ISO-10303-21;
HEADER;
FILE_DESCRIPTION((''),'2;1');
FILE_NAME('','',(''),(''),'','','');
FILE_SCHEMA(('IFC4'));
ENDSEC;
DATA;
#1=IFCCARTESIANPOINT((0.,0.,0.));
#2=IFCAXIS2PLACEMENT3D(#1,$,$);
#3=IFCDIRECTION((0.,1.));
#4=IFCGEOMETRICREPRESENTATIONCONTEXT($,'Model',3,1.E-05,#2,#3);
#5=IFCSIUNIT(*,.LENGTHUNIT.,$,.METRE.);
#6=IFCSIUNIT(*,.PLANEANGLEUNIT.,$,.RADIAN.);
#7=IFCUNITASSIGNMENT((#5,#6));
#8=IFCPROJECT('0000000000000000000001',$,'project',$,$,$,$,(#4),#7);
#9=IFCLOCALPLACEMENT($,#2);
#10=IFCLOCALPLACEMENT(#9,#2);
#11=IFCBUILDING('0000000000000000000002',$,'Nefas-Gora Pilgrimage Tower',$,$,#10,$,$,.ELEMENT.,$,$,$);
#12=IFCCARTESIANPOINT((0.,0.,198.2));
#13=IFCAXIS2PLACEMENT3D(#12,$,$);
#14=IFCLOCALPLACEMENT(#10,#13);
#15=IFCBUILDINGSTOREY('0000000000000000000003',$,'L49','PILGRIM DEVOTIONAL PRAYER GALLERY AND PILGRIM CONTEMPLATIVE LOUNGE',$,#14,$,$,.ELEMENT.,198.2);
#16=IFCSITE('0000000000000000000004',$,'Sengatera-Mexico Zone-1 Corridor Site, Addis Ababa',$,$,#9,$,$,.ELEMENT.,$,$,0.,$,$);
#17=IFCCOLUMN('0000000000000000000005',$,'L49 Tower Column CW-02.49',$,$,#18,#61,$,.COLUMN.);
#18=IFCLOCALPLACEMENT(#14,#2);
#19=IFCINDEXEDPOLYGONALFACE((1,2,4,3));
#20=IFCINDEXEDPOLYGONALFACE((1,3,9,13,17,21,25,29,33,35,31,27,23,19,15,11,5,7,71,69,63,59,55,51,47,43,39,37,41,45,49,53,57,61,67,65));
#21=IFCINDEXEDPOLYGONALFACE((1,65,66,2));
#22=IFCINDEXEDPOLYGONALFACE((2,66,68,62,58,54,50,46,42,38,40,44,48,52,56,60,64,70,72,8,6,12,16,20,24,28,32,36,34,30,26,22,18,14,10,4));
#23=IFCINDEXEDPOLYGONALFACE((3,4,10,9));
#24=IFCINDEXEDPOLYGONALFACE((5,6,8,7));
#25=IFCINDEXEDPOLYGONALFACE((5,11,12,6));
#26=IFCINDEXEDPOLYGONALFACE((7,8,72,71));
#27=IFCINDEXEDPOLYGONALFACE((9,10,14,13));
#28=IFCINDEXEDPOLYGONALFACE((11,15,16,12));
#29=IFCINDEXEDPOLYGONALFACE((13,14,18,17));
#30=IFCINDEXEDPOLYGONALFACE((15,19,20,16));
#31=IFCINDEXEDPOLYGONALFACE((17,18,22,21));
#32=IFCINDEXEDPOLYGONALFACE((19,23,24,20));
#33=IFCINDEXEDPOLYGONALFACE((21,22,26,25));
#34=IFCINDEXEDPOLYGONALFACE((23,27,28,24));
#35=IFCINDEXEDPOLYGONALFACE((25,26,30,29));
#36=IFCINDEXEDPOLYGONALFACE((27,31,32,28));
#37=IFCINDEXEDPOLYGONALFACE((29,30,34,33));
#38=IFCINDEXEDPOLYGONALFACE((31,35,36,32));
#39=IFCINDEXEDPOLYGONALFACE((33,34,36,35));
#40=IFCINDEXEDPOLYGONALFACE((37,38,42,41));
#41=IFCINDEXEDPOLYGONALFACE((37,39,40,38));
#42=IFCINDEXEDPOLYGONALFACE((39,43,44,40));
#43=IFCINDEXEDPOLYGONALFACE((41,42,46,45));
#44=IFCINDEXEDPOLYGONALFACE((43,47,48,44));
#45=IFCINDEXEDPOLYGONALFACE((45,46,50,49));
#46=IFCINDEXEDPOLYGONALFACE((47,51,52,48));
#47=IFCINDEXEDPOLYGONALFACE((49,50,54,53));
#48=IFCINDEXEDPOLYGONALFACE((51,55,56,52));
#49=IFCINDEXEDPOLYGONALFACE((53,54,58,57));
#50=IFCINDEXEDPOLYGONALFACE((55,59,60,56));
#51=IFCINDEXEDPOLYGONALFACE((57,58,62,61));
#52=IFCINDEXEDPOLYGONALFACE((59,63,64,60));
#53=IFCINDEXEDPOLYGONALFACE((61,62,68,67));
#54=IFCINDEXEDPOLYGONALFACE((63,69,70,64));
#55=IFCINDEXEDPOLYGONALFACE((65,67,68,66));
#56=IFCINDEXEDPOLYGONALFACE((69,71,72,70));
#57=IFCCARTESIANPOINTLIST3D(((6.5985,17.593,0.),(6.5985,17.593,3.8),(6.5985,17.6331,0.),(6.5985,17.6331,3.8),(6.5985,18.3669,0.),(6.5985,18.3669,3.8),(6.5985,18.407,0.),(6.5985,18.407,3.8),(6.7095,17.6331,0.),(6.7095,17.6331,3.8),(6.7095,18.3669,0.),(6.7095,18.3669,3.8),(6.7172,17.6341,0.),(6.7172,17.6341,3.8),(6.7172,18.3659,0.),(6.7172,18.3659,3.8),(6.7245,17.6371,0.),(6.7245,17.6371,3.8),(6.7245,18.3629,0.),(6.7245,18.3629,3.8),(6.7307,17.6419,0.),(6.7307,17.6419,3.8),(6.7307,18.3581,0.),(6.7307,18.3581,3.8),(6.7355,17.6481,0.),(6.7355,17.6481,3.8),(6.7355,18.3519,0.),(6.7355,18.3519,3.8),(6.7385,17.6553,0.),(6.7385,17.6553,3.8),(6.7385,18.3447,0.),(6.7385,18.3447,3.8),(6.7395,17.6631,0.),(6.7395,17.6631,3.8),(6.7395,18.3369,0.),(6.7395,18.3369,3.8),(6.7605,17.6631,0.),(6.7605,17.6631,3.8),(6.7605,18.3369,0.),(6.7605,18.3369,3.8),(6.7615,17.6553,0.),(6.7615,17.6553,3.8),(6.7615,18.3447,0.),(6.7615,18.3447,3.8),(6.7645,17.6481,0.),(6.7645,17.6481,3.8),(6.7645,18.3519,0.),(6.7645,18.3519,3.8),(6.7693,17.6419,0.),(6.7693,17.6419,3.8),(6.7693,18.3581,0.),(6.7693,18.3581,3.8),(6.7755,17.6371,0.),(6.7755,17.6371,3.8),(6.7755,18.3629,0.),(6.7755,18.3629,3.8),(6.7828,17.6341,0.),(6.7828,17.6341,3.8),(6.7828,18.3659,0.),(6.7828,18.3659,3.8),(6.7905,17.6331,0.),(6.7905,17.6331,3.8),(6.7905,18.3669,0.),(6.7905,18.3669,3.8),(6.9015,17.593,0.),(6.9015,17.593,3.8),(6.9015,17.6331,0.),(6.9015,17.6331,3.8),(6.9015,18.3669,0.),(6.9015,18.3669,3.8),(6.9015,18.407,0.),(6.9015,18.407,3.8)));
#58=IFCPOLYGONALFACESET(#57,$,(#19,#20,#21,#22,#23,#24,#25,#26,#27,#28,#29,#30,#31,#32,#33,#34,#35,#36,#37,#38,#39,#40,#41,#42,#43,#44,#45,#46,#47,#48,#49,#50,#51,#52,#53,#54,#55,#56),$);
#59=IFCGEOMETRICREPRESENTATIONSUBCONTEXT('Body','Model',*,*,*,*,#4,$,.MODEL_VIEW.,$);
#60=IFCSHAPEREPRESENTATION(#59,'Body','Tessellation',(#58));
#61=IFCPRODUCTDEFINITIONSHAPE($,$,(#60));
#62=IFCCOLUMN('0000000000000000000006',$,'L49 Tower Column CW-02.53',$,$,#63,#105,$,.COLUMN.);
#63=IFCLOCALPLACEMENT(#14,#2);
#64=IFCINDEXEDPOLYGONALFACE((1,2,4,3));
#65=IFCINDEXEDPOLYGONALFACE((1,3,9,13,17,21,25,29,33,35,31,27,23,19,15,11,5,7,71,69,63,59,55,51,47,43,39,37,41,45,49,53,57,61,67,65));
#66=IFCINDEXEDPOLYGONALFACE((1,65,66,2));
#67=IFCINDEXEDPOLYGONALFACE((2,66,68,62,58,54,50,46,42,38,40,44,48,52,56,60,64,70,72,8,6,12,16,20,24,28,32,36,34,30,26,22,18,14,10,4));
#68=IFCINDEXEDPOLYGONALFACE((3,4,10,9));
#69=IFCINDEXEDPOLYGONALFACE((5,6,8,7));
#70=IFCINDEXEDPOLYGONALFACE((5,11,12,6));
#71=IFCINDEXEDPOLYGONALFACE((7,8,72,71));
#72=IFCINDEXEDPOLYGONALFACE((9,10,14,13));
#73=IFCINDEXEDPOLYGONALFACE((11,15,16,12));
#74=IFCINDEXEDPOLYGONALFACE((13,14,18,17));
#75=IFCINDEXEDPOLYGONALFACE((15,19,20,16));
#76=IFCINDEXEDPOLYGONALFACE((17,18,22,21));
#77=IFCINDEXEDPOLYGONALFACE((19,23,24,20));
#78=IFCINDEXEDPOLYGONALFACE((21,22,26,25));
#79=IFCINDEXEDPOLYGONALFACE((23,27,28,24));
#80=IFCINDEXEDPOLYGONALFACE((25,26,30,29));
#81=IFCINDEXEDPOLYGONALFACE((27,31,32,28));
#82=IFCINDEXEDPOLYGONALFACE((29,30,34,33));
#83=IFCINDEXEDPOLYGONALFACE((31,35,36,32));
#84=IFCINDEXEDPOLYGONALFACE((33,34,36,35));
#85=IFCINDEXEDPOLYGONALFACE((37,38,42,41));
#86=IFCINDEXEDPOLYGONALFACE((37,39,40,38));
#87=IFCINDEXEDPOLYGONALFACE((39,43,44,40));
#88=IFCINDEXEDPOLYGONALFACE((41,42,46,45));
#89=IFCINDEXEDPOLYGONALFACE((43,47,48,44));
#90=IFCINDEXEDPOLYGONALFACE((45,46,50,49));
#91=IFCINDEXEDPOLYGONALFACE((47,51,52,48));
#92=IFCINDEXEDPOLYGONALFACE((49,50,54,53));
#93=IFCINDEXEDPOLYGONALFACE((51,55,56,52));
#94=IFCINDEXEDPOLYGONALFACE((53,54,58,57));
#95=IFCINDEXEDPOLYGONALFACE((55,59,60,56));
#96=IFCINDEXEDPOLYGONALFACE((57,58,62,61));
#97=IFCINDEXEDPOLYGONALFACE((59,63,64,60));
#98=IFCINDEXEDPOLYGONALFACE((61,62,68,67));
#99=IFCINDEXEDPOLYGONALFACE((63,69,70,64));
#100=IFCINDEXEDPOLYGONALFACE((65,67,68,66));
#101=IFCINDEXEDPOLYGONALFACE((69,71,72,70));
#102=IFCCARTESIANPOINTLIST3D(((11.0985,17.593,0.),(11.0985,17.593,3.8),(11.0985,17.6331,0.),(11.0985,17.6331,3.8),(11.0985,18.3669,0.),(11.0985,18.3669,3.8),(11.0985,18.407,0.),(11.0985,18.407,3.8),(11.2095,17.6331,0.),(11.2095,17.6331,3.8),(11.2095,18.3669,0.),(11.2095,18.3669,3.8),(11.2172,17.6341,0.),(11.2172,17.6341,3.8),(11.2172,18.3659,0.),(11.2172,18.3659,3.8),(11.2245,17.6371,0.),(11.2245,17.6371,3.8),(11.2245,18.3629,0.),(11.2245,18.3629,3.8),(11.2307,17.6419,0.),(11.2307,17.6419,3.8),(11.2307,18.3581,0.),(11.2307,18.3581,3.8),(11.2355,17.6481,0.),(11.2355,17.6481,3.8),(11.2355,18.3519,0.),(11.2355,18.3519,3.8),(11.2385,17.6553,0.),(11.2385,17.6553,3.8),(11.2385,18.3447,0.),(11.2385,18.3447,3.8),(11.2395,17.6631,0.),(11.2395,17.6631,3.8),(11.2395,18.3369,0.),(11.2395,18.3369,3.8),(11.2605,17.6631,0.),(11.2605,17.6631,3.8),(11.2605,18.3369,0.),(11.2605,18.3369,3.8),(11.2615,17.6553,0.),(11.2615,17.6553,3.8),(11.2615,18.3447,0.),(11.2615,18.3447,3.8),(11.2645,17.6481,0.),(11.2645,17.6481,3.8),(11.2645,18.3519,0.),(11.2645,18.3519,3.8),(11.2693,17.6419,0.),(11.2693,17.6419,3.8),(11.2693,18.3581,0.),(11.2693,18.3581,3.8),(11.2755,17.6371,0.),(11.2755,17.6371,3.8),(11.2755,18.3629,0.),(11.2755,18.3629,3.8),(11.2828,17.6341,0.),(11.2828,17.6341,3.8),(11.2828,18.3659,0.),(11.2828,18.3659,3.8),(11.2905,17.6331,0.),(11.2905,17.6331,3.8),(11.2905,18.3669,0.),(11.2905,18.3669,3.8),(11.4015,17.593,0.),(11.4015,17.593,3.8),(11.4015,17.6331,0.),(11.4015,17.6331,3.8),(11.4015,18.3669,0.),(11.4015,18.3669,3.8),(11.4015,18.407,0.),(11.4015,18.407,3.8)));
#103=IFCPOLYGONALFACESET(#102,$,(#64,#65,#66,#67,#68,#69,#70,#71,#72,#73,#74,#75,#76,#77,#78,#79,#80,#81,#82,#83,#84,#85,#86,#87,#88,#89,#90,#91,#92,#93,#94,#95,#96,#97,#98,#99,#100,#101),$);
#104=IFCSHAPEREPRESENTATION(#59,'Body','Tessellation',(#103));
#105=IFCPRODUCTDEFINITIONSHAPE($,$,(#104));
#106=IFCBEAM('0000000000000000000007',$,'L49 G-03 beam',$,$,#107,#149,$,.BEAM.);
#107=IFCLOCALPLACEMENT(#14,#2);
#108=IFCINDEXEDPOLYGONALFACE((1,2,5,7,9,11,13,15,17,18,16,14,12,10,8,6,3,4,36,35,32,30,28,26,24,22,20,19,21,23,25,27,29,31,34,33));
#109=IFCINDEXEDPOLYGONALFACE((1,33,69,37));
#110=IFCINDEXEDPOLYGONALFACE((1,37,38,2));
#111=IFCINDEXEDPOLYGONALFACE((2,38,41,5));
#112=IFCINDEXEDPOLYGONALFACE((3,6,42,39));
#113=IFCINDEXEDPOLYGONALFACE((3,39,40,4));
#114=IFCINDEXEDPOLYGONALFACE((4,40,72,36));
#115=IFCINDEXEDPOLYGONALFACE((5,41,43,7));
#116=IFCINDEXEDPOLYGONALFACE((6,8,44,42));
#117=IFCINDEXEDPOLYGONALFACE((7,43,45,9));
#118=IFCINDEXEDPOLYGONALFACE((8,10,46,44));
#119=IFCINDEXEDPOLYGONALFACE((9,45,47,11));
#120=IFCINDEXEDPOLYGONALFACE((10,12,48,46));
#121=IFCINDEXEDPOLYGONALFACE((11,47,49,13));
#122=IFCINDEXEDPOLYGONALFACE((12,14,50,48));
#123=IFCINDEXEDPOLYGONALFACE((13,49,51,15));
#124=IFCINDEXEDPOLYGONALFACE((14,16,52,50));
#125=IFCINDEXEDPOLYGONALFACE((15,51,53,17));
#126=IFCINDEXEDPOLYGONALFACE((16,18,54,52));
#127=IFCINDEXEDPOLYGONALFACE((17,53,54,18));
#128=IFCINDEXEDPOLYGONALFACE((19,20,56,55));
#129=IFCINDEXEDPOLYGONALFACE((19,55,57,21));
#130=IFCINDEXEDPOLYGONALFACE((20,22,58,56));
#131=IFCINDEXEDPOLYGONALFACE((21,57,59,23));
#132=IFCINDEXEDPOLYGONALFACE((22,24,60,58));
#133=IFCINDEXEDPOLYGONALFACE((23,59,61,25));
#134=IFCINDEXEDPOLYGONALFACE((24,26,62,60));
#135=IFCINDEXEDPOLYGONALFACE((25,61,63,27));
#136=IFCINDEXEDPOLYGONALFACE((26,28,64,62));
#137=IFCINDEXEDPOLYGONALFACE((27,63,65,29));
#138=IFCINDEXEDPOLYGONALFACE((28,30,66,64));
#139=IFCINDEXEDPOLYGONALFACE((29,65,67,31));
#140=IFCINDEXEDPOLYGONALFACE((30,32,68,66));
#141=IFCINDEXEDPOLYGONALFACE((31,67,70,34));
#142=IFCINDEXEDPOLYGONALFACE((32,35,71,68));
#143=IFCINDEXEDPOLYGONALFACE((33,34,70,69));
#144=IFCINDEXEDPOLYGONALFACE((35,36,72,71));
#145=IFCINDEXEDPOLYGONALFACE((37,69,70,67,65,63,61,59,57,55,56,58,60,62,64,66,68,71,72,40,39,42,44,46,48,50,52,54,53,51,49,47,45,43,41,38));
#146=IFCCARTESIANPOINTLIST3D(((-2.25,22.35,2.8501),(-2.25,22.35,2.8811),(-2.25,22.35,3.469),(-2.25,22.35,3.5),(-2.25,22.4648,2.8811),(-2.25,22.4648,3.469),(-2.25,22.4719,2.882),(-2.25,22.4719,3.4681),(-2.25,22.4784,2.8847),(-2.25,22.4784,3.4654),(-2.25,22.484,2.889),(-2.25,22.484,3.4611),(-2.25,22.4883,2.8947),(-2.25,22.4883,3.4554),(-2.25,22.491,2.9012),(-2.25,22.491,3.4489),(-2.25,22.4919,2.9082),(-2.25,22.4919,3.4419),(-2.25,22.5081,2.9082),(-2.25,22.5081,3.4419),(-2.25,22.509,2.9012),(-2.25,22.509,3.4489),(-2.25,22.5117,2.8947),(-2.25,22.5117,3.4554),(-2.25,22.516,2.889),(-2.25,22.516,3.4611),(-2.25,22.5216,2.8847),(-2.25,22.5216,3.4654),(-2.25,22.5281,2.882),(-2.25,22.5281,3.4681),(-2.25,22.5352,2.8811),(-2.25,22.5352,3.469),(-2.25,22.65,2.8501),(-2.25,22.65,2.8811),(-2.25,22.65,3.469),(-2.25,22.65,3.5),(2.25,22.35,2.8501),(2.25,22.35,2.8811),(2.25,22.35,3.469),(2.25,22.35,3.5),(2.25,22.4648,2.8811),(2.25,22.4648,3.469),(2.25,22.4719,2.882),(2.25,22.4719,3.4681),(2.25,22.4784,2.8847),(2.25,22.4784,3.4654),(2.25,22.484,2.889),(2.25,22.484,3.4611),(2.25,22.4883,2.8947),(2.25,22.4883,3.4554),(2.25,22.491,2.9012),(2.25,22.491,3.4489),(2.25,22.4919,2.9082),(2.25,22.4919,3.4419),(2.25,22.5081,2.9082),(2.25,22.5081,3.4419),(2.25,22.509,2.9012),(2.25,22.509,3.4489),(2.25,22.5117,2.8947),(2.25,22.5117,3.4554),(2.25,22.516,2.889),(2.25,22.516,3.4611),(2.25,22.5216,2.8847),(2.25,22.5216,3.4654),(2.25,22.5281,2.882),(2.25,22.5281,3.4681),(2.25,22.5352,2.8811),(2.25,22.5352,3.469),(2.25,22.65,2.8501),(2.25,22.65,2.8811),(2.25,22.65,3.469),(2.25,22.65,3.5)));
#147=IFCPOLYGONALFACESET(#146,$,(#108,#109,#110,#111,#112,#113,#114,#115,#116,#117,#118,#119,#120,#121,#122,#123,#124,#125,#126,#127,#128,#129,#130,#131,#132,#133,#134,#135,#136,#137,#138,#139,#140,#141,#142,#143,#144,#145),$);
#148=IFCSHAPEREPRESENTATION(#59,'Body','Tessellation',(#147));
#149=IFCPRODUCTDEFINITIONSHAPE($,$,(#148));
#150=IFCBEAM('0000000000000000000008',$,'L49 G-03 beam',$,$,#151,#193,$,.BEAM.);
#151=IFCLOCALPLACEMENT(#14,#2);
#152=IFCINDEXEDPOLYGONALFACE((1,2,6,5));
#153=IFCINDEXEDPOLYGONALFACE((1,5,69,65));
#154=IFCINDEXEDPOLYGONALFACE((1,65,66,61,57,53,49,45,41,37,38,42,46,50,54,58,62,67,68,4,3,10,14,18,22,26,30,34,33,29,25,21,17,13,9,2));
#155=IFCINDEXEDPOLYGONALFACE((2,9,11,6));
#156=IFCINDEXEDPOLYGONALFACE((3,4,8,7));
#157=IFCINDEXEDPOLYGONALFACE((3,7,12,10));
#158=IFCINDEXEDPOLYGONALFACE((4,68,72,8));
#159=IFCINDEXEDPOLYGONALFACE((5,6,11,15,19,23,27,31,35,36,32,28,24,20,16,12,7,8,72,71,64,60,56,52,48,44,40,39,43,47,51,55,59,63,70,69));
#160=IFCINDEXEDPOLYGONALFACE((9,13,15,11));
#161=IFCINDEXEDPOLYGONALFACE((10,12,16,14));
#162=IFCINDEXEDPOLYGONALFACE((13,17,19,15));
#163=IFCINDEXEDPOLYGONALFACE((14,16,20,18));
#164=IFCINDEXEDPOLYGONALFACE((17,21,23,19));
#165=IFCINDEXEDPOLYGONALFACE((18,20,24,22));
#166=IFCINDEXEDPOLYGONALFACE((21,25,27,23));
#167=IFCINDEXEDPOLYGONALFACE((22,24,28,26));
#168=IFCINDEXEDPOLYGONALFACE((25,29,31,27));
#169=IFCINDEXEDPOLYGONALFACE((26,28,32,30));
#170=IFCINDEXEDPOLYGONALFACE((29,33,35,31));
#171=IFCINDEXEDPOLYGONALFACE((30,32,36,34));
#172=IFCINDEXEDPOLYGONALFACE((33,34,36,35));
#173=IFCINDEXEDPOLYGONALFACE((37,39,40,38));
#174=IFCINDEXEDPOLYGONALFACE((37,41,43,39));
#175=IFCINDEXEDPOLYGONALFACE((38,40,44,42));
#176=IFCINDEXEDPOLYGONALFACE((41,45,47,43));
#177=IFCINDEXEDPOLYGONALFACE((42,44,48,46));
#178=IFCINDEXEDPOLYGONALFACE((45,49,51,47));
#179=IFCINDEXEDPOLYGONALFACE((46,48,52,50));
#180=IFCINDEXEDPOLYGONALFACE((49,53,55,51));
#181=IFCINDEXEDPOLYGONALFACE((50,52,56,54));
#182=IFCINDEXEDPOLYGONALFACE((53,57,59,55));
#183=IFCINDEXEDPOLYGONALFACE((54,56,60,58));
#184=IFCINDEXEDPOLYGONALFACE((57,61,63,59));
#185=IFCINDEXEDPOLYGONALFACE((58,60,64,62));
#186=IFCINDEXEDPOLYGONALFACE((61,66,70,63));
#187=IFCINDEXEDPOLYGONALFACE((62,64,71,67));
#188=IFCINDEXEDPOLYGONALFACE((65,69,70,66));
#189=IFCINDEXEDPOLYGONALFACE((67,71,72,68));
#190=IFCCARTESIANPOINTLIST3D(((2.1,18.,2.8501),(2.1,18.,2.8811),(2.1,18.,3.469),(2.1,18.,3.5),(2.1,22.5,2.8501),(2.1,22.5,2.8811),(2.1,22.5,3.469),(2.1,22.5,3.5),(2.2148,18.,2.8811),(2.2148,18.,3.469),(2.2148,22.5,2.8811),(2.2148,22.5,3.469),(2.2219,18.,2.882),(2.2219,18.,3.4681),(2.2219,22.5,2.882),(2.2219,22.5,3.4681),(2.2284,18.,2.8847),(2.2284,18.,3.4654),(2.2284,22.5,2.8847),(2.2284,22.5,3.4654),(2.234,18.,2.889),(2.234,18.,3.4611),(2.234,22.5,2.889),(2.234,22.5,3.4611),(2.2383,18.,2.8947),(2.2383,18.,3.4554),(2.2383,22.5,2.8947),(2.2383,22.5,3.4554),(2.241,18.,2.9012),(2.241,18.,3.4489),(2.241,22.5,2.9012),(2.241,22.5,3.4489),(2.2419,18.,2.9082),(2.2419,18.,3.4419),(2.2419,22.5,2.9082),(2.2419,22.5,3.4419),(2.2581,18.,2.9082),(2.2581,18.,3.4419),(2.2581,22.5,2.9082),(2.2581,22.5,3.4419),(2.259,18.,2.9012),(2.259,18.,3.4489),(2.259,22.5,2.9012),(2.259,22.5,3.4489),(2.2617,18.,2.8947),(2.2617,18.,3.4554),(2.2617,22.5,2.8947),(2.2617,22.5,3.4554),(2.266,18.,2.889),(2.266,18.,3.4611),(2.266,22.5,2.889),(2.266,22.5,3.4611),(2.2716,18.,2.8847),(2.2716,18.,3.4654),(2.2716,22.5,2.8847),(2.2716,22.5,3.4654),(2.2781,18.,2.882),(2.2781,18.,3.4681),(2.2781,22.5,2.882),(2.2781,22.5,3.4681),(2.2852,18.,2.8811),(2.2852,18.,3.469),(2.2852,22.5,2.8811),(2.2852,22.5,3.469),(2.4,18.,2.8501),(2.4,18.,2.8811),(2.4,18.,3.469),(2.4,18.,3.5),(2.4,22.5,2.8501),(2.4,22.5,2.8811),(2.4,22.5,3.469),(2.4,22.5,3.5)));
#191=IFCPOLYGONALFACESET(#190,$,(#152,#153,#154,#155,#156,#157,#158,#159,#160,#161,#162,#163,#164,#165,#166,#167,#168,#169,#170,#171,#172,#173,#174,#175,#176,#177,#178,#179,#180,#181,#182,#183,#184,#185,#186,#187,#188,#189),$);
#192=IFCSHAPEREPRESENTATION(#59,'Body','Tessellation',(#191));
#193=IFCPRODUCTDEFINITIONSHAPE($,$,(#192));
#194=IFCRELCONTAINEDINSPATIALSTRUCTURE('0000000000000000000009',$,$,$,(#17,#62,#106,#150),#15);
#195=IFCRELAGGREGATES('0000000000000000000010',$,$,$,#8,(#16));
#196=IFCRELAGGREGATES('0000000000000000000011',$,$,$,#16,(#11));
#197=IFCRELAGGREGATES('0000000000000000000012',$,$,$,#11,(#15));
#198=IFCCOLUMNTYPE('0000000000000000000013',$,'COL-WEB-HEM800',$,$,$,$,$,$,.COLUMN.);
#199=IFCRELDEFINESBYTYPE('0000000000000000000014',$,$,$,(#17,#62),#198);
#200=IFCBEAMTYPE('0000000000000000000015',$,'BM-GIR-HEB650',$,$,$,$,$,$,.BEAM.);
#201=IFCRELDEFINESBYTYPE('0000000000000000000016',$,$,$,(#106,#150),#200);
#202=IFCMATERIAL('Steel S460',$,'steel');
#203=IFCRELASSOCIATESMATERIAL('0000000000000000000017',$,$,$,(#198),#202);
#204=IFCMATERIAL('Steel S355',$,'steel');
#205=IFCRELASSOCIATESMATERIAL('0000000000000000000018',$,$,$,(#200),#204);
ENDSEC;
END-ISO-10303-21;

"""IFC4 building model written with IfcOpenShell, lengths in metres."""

from ifc_helpers import new_model, si_unit, direction, frame, origin, origin_2d, place, context, subcontext, project, spatial, i_section, extrude, source, transform, mapped, material, material_profile, profile_set, type_object, element, save


model = new_model("IFC4")

# Units and contexts
model_context = context("Model", 3, precision=1e-05, world=origin(), true_north=direction((0.0, 1.0)))
body_context = subcontext(model_context, "Body", "Model", "MODEL_VIEW")
ifc_project = project(units=[si_unit("LENGTHUNIT", "METRE"), si_unit("PLANEANGLEUNIT", "RADIAN")], contexts=[model_context])

# Site, building, storey
site_placement = place(None, origin())
site = spatial("IfcSite", under=ifc_project, at=site_placement, Name="Sengatera-Mexico Zone-1 Corridor Site, Addis Ababa", CompositionType="ELEMENT", RefElevation=0.0)
building_placement = place(site_placement, origin())
building = spatial("IfcBuilding", under=site, at=building_placement, Name="Nefas-Gora Pilgrimage Tower", CompositionType="ELEMENT")
storey_placement = place(building_placement, frame((0.0, 0.0, 198.2)))
storey = spatial("IfcBuildingStorey", under=building, at=storey_placement, Name="L49", Description="PILGRIM DEVOTIONAL PRAYER GALLERY AND PILGRIM CONTEMPLATIVE LOUNGE", CompositionType="ELEMENT", Elevation=198.2)

# Columns
ifc_material_1 = material(Name="Steel S460", Category="steel")
ifc_material_profile_1 = material_profile(ifc_material_1, i_section(OverallWidth=0.303, OverallDepth=0.814, WebThickness=0.021, FlangeThickness=0.04, FilletRadius=0.03, at=origin_2d()), Name="HEM 800")
ifc_profile_set_1 = profile_set([ifc_material_profile_1], Name="Steel S460")
column_type_1 = type_object("IfcColumnType", Name="COL-WEB-HEM800", PredefinedType="COLUMN", material=ifc_profile_set_1)
shared_shape_1 = source(origin(), body_context, "Body", "SweptSolid", [
    extrude(i_section(OverallWidth=0.303, OverallDepth=0.814, WebThickness=0.021, FlangeThickness=0.04, FilletRadius=0.03, at=origin_2d()), origin(), (0.0, 0.0, 1.0), 3.8),
])
for number, where, z_axis, x_axis, name in (
    (1, (6.75, 18.0, 0.0), (0.0, 0.0, 1.0), (1.0, 0.0, 0.0), "L49 Tower Column CW-02.49"),
    (2, (11.25, 18.0, 0.0), (0.0, 0.0, 1.0), (1.0, 0.0, 0.0), "L49 Tower Column CW-02.53"),
):
    element("IfcColumn", number, at=place(storey_placement, frame(where, z_axis=z_axis, x_axis=x_axis)), inside=storey, type_object=column_type_1, Name=name, PredefinedType="COLUMN", context=body_context, shape_type="MappedRepresentation", body=[
        mapped(shared_shape_1, transform((0.0, 0.0, 0.0), x_axis=(1.0, 0.0, 0.0), y_axis=(0.0, 1.0, 0.0), z_axis=(0.0, 0.0, 1.0), scale=1.0)),
    ])

# Beams
ifc_material_2 = material(Name="Steel S355", Category="steel")
ifc_material_profile_2 = material_profile(ifc_material_2, i_section(OverallWidth=0.3, OverallDepth=0.6499, WebThickness=0.0161, FlangeThickness=0.031, FilletRadius=0.0271, at=origin_2d()), Name="HEB 650")
ifc_profile_set_2 = profile_set([ifc_material_profile_2], Name="Steel S355")
beam_type = type_object("IfcBeamType", Name="BM-GIR-HEB650", PredefinedType="BEAM", material=ifc_profile_set_2)
shared_shape_2 = source(origin(), body_context, "Body", "SweptSolid", [
    extrude(i_section(OverallWidth=0.3, OverallDepth=0.6499, WebThickness=0.0161, FlangeThickness=0.031, FilletRadius=0.0271, at=origin_2d()), origin(), (0.0, 0.0, 1.0), 4.5),
])
for number, where, z_axis, x_axis, name in (
    (3, (-2.25, 22.5, 3.175), (1.0, 0.0, 0.0), (0.0, 1.0, 0.0), "L49 G-03 beam"),
    (4, (2.25, 18.0, 3.175), (0.0, 1.0, 0.0), (-1.0, 0.0, 0.0), "L49 G-03 beam"),
):
    element("IfcBeam", number, at=place(storey_placement, frame(where, z_axis=z_axis, x_axis=x_axis)), inside=storey, type_object=beam_type, Name=name, PredefinedType="BEAM", context=body_context, shape_type="MappedRepresentation", body=[
        mapped(shared_shape_2, transform((0.0, 0.0, 0.0), x_axis=(1.0, 0.0, 0.0), y_axis=(0.0, 1.0, 0.0), z_axis=(0.0, 0.0, 1.0), scale=1.0)),
    ])

save(model, "model.ifc")
